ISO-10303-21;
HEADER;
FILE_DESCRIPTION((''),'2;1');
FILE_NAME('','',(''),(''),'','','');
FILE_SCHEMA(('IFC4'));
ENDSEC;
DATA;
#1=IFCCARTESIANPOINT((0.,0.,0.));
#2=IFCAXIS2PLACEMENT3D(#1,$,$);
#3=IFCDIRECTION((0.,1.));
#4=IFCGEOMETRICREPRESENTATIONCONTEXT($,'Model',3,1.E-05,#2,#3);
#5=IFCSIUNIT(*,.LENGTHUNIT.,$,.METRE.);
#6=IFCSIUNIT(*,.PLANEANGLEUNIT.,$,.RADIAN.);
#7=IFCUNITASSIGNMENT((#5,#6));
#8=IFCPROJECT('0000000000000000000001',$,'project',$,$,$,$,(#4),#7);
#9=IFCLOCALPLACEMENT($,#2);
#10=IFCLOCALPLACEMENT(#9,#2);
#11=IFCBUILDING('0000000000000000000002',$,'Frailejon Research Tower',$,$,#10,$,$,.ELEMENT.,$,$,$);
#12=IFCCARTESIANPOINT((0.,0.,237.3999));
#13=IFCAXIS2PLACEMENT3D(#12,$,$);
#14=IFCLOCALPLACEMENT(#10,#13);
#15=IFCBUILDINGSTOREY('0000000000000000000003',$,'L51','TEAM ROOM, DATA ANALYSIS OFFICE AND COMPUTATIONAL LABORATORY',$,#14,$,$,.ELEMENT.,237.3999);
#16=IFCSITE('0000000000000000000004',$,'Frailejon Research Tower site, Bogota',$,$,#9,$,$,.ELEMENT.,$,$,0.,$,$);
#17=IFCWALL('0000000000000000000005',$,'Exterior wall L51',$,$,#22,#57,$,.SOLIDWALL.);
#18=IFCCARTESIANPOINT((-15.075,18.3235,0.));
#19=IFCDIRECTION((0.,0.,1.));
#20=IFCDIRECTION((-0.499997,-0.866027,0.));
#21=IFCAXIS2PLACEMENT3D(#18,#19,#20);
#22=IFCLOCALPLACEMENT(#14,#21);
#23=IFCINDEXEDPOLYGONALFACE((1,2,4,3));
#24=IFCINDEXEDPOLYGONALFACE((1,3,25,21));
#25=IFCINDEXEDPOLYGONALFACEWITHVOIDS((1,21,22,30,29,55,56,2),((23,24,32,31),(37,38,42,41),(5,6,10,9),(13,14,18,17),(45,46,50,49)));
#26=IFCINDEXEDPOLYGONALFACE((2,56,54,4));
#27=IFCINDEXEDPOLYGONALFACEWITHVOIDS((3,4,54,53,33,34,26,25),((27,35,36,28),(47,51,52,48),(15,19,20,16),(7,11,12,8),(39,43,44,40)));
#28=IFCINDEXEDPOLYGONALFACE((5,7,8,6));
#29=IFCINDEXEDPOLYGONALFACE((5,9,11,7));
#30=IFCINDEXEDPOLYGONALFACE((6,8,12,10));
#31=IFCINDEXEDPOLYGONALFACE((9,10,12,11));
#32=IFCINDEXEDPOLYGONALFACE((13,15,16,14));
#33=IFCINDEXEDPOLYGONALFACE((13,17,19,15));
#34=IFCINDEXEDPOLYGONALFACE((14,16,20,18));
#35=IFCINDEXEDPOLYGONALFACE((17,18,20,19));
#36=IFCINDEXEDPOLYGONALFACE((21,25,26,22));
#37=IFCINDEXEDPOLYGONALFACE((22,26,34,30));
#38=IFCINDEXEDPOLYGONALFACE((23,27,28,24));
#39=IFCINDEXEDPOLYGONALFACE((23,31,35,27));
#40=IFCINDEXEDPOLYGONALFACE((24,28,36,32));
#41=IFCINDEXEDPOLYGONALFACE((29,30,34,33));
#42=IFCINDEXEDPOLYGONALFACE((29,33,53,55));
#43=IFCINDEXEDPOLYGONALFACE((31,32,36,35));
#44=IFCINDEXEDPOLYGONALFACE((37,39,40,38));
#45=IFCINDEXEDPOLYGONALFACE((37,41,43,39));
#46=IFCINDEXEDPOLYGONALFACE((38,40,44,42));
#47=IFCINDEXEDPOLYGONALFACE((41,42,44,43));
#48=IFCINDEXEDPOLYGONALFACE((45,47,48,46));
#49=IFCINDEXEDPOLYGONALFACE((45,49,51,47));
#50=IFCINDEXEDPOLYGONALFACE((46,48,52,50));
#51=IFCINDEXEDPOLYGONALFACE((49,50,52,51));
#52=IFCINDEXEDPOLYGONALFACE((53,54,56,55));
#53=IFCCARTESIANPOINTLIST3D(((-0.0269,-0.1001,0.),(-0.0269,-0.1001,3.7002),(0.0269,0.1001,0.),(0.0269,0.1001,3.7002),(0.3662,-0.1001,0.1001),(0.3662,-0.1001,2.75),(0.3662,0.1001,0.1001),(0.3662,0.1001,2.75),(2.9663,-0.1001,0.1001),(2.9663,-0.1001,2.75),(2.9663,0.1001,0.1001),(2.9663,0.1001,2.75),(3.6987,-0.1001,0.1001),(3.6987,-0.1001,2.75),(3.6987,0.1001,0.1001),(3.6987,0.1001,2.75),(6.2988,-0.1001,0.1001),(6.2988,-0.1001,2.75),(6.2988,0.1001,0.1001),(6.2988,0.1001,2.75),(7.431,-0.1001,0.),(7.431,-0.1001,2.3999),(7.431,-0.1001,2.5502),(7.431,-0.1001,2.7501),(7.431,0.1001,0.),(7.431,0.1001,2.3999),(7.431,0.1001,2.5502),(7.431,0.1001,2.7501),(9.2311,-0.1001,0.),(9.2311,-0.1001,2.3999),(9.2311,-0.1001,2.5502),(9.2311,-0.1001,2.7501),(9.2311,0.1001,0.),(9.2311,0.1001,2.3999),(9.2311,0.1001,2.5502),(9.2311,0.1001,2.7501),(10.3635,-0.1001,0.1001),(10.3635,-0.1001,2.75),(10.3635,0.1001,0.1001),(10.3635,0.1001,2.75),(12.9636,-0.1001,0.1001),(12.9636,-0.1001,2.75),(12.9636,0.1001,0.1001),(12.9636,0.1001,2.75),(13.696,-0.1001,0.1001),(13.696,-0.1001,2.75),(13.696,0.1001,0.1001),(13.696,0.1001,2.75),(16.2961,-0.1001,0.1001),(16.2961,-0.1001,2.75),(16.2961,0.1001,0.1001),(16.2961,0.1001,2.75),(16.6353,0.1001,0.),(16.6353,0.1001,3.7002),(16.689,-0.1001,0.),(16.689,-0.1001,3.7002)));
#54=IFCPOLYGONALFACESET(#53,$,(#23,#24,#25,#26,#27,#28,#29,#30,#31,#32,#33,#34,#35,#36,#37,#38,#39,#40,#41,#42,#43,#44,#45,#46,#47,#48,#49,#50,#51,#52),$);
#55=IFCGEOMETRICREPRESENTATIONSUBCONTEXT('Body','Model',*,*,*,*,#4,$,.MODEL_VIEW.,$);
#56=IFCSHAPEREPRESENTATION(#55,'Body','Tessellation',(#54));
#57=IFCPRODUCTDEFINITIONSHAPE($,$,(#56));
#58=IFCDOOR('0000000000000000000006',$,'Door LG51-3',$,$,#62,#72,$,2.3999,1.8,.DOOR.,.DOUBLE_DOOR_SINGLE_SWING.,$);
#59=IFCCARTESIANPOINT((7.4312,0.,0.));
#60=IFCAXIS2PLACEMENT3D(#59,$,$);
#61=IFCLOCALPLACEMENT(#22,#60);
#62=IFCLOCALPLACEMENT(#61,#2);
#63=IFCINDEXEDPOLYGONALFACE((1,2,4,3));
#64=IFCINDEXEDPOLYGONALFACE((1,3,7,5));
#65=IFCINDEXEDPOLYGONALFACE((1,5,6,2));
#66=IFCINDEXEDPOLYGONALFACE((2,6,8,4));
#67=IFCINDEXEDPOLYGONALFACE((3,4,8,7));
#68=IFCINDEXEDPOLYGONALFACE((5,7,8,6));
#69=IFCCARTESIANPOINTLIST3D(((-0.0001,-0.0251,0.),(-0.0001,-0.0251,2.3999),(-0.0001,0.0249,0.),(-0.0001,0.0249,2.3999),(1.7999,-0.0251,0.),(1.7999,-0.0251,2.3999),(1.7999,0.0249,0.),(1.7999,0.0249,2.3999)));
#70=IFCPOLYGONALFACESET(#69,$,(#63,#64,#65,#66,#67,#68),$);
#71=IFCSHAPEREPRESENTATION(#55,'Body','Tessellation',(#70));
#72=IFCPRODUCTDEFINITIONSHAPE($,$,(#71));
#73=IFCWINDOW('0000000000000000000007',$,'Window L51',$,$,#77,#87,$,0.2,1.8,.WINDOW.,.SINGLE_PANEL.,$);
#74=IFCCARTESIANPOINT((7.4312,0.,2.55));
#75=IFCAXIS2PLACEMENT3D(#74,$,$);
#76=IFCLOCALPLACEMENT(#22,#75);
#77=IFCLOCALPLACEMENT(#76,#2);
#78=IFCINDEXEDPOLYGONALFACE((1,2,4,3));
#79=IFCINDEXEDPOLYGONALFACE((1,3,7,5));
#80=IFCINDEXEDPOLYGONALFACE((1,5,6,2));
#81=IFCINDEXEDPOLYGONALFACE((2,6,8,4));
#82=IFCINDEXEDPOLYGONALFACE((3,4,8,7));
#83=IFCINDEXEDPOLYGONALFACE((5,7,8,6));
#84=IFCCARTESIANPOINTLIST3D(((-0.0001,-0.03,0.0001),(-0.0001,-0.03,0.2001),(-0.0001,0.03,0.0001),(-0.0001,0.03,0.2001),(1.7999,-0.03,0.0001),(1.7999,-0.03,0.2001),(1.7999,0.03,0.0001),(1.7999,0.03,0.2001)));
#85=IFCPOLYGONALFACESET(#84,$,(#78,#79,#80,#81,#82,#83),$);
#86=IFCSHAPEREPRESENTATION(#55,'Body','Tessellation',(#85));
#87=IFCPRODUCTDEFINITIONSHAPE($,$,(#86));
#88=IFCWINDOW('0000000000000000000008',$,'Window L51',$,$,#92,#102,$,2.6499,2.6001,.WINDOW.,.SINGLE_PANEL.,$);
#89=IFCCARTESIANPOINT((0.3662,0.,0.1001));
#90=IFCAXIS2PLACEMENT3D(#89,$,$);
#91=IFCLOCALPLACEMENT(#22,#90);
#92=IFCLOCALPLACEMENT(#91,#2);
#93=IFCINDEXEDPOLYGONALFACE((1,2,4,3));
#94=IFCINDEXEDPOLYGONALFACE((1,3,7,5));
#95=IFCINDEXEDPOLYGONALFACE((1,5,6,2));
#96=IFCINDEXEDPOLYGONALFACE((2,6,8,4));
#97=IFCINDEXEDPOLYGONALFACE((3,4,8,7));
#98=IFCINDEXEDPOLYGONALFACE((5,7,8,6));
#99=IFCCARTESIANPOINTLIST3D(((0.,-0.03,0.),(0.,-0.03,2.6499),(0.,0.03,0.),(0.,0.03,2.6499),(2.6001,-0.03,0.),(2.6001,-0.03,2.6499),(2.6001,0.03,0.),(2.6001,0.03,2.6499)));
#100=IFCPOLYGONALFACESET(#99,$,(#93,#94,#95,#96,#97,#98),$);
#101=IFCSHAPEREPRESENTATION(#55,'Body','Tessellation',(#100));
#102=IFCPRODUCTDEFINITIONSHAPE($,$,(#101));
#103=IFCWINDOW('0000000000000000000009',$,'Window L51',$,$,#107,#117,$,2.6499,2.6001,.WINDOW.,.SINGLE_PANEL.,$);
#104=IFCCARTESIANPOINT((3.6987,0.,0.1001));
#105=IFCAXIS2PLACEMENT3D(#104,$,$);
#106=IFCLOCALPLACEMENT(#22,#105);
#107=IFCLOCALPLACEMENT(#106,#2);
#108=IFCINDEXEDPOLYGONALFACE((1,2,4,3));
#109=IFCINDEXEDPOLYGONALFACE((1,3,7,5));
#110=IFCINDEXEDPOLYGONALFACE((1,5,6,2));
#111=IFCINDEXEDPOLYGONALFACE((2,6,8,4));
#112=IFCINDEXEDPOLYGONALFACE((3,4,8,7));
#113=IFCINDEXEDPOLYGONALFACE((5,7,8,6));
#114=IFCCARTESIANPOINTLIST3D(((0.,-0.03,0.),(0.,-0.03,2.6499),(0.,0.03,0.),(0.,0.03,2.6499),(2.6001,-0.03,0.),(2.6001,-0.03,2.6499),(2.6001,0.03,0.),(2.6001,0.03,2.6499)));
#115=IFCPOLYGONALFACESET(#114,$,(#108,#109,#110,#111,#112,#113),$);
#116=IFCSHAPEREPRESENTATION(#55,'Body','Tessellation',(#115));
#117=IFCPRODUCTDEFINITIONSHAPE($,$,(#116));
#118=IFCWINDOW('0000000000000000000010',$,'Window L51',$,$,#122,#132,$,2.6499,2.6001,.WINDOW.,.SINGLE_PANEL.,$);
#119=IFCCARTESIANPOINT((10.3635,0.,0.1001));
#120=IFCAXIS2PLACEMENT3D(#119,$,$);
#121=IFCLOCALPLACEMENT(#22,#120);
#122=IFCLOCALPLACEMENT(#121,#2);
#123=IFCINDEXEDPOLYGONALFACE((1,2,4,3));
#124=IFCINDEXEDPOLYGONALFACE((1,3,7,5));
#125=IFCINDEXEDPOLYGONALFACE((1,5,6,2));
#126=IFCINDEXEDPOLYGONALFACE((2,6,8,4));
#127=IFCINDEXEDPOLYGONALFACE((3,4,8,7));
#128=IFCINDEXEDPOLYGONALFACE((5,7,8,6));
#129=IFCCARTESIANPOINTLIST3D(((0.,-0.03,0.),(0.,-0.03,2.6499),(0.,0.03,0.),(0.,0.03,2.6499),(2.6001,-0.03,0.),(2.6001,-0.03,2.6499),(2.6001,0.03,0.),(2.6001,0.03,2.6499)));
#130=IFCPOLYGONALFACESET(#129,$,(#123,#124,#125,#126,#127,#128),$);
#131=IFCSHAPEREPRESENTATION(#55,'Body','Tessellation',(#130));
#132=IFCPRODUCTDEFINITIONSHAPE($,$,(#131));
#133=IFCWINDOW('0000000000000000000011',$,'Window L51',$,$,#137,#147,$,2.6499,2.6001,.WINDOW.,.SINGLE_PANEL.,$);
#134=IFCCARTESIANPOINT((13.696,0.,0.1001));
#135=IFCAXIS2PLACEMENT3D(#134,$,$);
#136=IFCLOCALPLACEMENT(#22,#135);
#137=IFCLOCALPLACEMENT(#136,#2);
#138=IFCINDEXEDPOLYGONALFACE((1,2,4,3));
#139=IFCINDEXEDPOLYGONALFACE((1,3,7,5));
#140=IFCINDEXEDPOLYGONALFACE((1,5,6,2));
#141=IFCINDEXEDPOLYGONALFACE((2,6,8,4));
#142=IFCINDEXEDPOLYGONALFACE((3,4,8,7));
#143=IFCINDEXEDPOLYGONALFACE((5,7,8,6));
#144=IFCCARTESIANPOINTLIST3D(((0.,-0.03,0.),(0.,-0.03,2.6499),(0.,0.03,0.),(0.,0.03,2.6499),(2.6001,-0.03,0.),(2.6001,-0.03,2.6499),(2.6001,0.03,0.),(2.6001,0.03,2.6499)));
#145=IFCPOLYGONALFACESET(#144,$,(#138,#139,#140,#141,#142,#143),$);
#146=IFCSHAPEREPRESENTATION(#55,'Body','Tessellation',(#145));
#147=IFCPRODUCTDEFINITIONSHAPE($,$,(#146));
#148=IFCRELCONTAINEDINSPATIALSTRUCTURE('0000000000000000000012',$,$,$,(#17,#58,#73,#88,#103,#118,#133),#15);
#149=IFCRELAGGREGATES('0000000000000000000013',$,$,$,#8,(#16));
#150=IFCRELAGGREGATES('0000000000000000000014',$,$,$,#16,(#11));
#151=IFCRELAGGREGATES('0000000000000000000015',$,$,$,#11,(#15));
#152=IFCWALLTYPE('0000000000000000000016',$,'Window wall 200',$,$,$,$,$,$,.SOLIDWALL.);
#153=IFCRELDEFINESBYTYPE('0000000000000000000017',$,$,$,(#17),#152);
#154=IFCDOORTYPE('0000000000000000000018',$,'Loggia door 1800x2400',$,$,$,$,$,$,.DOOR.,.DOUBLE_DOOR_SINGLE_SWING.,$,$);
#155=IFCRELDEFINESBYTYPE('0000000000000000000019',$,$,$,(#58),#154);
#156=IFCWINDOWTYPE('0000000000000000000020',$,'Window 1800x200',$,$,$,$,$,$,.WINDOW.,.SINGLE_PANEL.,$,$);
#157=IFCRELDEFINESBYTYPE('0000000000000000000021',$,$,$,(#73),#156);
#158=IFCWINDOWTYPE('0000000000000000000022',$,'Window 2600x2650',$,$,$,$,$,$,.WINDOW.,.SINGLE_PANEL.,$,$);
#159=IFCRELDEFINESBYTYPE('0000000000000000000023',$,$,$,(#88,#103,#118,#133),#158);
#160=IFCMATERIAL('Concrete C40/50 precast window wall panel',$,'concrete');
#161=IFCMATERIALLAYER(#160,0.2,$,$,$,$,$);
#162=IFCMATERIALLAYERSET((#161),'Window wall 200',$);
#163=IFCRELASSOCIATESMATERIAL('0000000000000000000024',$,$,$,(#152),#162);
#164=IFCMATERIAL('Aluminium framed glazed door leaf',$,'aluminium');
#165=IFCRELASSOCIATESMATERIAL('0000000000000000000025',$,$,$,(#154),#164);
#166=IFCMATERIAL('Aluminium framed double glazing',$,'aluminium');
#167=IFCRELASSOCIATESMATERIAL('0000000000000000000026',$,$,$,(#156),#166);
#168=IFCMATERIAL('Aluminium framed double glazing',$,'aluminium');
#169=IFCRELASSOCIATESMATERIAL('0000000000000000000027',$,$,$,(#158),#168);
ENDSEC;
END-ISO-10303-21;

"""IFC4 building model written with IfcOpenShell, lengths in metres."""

from ifc_helpers import new_model, si_unit, direction, frame, frame_2d, origin, place, context, subcontext, project, spatial, polyline, rectangle, outline, extrude, material, layer, layer_set, type_object, element, fill, save


model = new_model("IFC4")

# Units and contexts
model_context = context("Model", 3, precision=1e-05, world=origin(), true_north=direction((0.0, 1.0)))
body_context = subcontext(model_context, "Body", "Model", "MODEL_VIEW")
ifc_project = project(units=[si_unit("LENGTHUNIT", "METRE"), si_unit("PLANEANGLEUNIT", "RADIAN")], contexts=[model_context])

# Site, building, storey
site_placement = place(None, origin())
site = spatial("IfcSite", under=ifc_project, at=site_placement, Name="Frailejon Research Tower site, Bogota", CompositionType="ELEMENT", RefElevation=0.0)
building_placement = place(site_placement, origin())
building = spatial("IfcBuilding", under=site, at=building_placement, Name="Frailejon Research Tower", CompositionType="ELEMENT")
storey_placement = place(building_placement, frame((0.0, 0.0, 237.3999)))
storey = spatial("IfcBuildingStorey", under=building, at=storey_placement, Name="L51", Description="TEAM ROOM, DATA ANALYSIS OFFICE AND COMPUTATIONAL LABORATORY", CompositionType="ELEMENT", Elevation=237.3999)

# Wall, openings, door, windows
ifc_material_1 = material(Name="Concrete C40/50 precast window wall panel", Category="concrete")
ifc_layer_1 = layer(ifc_material_1, 0.2)
ifc_layer_set_1 = layer_set([ifc_layer_1], Name="Window wall 200")
wall_type_1 = type_object("IfcWallType", Name="Window wall 200", PredefinedType="SOLIDWALL", material=ifc_layer_set_1)
wall_1_placement = place(storey_placement, frame((-15.075, 18.3235, 0.0), z_axis=(0.0, 0.0, 1.0), x_axis=(-0.499997, -0.866027, 0.0)))
wall_1 = element("IfcWall", 1, at=wall_1_placement, inside=storey, type_object=wall_type_1, Name="Exterior wall L51", PredefinedType="SOLIDWALL", context=body_context, shape_type="SweptSolid", body=[
    extrude(outline(polyline([(-0.0269, -0.1001), (1.0178, -0.1001), (2.0625, -0.1001), (3.1074, -0.1001), (4.1521, -0.1001), (5.1968, -0.1001), (6.2417, -0.1001), (7.2864, -0.1001), (8.3311, -0.1001), (9.3757, -0.1001), (10.4204, -0.1001), (11.4653, -0.1001), (12.51, -0.1001), (13.5547, -0.1001), (14.5996, -0.1001), (15.6443, -0.1001), (16.689, -0.1001), (16.6353, 0.1001), (15.5972, 0.1001), (14.5591, 0.1001), (13.5212, 0.1001), (12.4832, 0.1001), (11.4451, 0.1001), (10.4072, 0.1001), (9.3691, 0.1001), (8.3311, 0.1001), (7.293, 0.1001), (6.2549, 0.1001), (5.217, 0.1001), (4.179, 0.1001), (3.1409, 0.1001), (2.103, 0.1001), (1.0649, 0.1001), (0.0269, 0.1001), (-0.0269, -0.1001)])), origin(), (0.0, 0.0, 1.0), 3.7002),
])
opening_1_placement = place(wall_1_placement, frame((0.3662, 0.0, 0.1001)))
opening_1 = element("IfcOpeningElement", 2, at=opening_1_placement, cuts=wall_1, PredefinedType="OPENING", context=body_context, shape_type="SweptSolid", body=[
    extrude(rectangle(XDim=2.6001, YDim=2.6499, at=frame_2d((1.3, 1.325))), frame((0.0, 0.1099, 0.0), z_axis=(0.0, -1.0, 0.0), x_axis=(1.0, 0.0, 0.0)), (0.0, 0.0, 1.0), 0.22),
])
opening_2_placement = place(wall_1_placement, frame((3.6987, 0.0, 0.1001)))
opening_2 = element("IfcOpeningElement", 3, at=opening_2_placement, cuts=wall_1, PredefinedType="OPENING", context=body_context, shape_type="SweptSolid", body=[
    extrude(rectangle(XDim=2.6001, YDim=2.6499, at=frame_2d((1.3, 1.325))), frame((0.0, 0.1099, 0.0), z_axis=(0.0, -1.0, 0.0), x_axis=(1.0, 0.0, 0.0)), (0.0, 0.0, 1.0), 0.22),
])
opening_3_placement = place(wall_1_placement, frame((7.4312, 0.0, 0.0)))
opening_3 = element("IfcOpeningElement", 4, at=opening_3_placement, cuts=wall_1, PredefinedType="OPENING", context=body_context, shape_type="SweptSolid", body=[
    extrude(rectangle(XDim=1.8, YDim=2.3999, at=frame_2d((0.8999, 1.2))), frame((0.0, 0.1099, 0.0), z_axis=(0.0, -1.0, 0.0), x_axis=(1.0, 0.0, 0.0)), (0.0, 0.0, 1.0), 0.22),
])
opening_4_placement = place(wall_1_placement, frame((7.4312, 0.0, 2.55)))
opening_4 = element("IfcOpeningElement", 5, at=opening_4_placement, cuts=wall_1, PredefinedType="OPENING", context=body_context, shape_type="SweptSolid", body=[
    extrude(rectangle(XDim=1.8, YDim=0.2, at=frame_2d((0.8999, 0.1001))), frame((0.0, 0.1099, 0.0), z_axis=(0.0, -1.0, 0.0), x_axis=(1.0, 0.0, 0.0)), (0.0, 0.0, 1.0), 0.22),
])
opening_5_placement = place(wall_1_placement, frame((10.3635, 0.0, 0.1001)))
opening_5 = element("IfcOpeningElement", 6, at=opening_5_placement, cuts=wall_1, PredefinedType="OPENING", context=body_context, shape_type="SweptSolid", body=[
    extrude(rectangle(XDim=2.6001, YDim=2.6499, at=frame_2d((1.3, 1.325))), frame((0.0, 0.1099, 0.0), z_axis=(0.0, -1.0, 0.0), x_axis=(1.0, 0.0, 0.0)), (0.0, 0.0, 1.0), 0.22),
])
opening_6_placement = place(wall_1_placement, frame((13.696, 0.0, 0.1001)))
opening_6 = element("IfcOpeningElement", 7, at=opening_6_placement, cuts=wall_1, PredefinedType="OPENING", context=body_context, shape_type="SweptSolid", body=[
    extrude(rectangle(XDim=2.6001, YDim=2.6499, at=frame_2d((1.3, 1.325))), frame((0.0, 0.1099, 0.0), z_axis=(0.0, -1.0, 0.0), x_axis=(1.0, 0.0, 0.0)), (0.0, 0.0, 1.0), 0.22),
])
ifc_material_2 = material(Name="Aluminium framed glazed door leaf", Category="aluminium")
door_type_1 = type_object("IfcDoorType", Name="Loggia door 1800x2400", OperationType="DOUBLE_DOOR_SINGLE_SWING", PredefinedType="DOOR", material=ifc_material_2)
door_1_placement = place(opening_3_placement, origin())
door_1 = element("IfcDoor", 8, at=door_1_placement, inside=storey, type_object=door_type_1, Name="Door LG51-3", OperationType="DOUBLE_DOOR_SINGLE_SWING", OverallHeight=2.3999, OverallWidth=1.8, PredefinedType="DOOR", context=body_context, shape_type="SweptSolid", body=[
    extrude(rectangle(XDim=1.8, YDim=2.3999, at=frame_2d((0.8999, 1.2))), frame((0.0, 0.0249, 0.0), z_axis=(0.0, -1.0, 0.0), x_axis=(1.0, 0.0, 0.0)), (0.0, 0.0, 1.0), 0.05),
])
fill(opening_3, door_1)
ifc_material_3 = material(Name="Aluminium framed double glazing", Category="aluminium")
window_type_1 = type_object("IfcWindowType", Name="Window 1800x200", PartitioningType="SINGLE_PANEL", PredefinedType="WINDOW", material=ifc_material_3)
window_1_placement = place(opening_4_placement, origin())
window_1 = element("IfcWindow", 9, at=window_1_placement, inside=storey, type_object=window_type_1, Name="Window L51", OverallHeight=0.2, OverallWidth=1.8, PartitioningType="SINGLE_PANEL", PredefinedType="WINDOW", context=body_context, shape_type="SweptSolid", body=[
    extrude(rectangle(XDim=1.8, YDim=0.2, at=frame_2d((0.8999, 0.1001))), frame((0.0, 0.03, 0.0), z_axis=(0.0, -1.0, 0.0), x_axis=(1.0, 0.0, 0.0)), (0.0, 0.0, 1.0), 0.0601),
])
fill(opening_4, window_1)
ifc_material_4 = material(Name="Aluminium framed double glazing", Category="aluminium")
window_type_2 = type_object("IfcWindowType", Name="Window 2600x2650", PartitioningType="SINGLE_PANEL", PredefinedType="WINDOW", material=ifc_material_4)
window_2_placement = place(opening_1_placement, origin())
window_2 = element("IfcWindow", 10, at=window_2_placement, inside=storey, type_object=window_type_2, Name="Window L51", OverallHeight=2.6499, OverallWidth=2.6001, PartitioningType="SINGLE_PANEL", PredefinedType="WINDOW", context=body_context, shape_type="SweptSolid", body=[
    extrude(rectangle(XDim=2.6001, YDim=2.6499, at=frame_2d((1.3, 1.325))), frame((0.0, 0.03, 0.0), z_axis=(0.0, -1.0, 0.0), x_axis=(1.0, 0.0, 0.0)), (0.0, 0.0, 1.0), 0.0601),
])
fill(opening_1, window_2)
window_3_placement = place(opening_2_placement, origin())
window_3 = element("IfcWindow", 11, at=window_3_placement, inside=storey, type_object=window_type_2, Name="Window L51", OverallHeight=2.6499, OverallWidth=2.6001, PartitioningType="SINGLE_PANEL", PredefinedType="WINDOW", context=body_context, shape_type="SweptSolid", body=[
    extrude(rectangle(XDim=2.6001, YDim=2.6499, at=frame_2d((1.3, 1.325))), frame((0.0, 0.03, 0.0), z_axis=(0.0, -1.0, 0.0), x_axis=(1.0, 0.0, 0.0)), (0.0, 0.0, 1.0), 0.0601),
])
fill(opening_2, window_3)
window_4_placement = place(opening_5_placement, origin())
window_4 = element("IfcWindow", 12, at=window_4_placement, inside=storey, type_object=window_type_2, Name="Window L51", OverallHeight=2.6499, OverallWidth=2.6001, PartitioningType="SINGLE_PANEL", PredefinedType="WINDOW", context=body_context, shape_type="SweptSolid", body=[
    extrude(rectangle(XDim=2.6001, YDim=2.6499, at=frame_2d((1.3, 1.325))), frame((0.0, 0.03, 0.0), z_axis=(0.0, -1.0, 0.0), x_axis=(1.0, 0.0, 0.0)), (0.0, 0.0, 1.0), 0.0601),
])
fill(opening_5, window_4)
window_5_placement = place(opening_6_placement, origin())
window_5 = element("IfcWindow", 13, at=window_5_placement, inside=storey, type_object=window_type_2, Name="Window L51", OverallHeight=2.6499, OverallWidth=2.6001, PartitioningType="SINGLE_PANEL", PredefinedType="WINDOW", context=body_context, shape_type="SweptSolid", body=[
    extrude(rectangle(XDim=2.6001, YDim=2.6499, at=frame_2d((1.3, 1.325))), frame((0.0, 0.03, 0.0), z_axis=(0.0, -1.0, 0.0), x_axis=(1.0, 0.0, 0.0)), (0.0, 0.0, 1.0), 0.0601),
])
fill(opening_6, window_5)

save(model, "model.ifc")
